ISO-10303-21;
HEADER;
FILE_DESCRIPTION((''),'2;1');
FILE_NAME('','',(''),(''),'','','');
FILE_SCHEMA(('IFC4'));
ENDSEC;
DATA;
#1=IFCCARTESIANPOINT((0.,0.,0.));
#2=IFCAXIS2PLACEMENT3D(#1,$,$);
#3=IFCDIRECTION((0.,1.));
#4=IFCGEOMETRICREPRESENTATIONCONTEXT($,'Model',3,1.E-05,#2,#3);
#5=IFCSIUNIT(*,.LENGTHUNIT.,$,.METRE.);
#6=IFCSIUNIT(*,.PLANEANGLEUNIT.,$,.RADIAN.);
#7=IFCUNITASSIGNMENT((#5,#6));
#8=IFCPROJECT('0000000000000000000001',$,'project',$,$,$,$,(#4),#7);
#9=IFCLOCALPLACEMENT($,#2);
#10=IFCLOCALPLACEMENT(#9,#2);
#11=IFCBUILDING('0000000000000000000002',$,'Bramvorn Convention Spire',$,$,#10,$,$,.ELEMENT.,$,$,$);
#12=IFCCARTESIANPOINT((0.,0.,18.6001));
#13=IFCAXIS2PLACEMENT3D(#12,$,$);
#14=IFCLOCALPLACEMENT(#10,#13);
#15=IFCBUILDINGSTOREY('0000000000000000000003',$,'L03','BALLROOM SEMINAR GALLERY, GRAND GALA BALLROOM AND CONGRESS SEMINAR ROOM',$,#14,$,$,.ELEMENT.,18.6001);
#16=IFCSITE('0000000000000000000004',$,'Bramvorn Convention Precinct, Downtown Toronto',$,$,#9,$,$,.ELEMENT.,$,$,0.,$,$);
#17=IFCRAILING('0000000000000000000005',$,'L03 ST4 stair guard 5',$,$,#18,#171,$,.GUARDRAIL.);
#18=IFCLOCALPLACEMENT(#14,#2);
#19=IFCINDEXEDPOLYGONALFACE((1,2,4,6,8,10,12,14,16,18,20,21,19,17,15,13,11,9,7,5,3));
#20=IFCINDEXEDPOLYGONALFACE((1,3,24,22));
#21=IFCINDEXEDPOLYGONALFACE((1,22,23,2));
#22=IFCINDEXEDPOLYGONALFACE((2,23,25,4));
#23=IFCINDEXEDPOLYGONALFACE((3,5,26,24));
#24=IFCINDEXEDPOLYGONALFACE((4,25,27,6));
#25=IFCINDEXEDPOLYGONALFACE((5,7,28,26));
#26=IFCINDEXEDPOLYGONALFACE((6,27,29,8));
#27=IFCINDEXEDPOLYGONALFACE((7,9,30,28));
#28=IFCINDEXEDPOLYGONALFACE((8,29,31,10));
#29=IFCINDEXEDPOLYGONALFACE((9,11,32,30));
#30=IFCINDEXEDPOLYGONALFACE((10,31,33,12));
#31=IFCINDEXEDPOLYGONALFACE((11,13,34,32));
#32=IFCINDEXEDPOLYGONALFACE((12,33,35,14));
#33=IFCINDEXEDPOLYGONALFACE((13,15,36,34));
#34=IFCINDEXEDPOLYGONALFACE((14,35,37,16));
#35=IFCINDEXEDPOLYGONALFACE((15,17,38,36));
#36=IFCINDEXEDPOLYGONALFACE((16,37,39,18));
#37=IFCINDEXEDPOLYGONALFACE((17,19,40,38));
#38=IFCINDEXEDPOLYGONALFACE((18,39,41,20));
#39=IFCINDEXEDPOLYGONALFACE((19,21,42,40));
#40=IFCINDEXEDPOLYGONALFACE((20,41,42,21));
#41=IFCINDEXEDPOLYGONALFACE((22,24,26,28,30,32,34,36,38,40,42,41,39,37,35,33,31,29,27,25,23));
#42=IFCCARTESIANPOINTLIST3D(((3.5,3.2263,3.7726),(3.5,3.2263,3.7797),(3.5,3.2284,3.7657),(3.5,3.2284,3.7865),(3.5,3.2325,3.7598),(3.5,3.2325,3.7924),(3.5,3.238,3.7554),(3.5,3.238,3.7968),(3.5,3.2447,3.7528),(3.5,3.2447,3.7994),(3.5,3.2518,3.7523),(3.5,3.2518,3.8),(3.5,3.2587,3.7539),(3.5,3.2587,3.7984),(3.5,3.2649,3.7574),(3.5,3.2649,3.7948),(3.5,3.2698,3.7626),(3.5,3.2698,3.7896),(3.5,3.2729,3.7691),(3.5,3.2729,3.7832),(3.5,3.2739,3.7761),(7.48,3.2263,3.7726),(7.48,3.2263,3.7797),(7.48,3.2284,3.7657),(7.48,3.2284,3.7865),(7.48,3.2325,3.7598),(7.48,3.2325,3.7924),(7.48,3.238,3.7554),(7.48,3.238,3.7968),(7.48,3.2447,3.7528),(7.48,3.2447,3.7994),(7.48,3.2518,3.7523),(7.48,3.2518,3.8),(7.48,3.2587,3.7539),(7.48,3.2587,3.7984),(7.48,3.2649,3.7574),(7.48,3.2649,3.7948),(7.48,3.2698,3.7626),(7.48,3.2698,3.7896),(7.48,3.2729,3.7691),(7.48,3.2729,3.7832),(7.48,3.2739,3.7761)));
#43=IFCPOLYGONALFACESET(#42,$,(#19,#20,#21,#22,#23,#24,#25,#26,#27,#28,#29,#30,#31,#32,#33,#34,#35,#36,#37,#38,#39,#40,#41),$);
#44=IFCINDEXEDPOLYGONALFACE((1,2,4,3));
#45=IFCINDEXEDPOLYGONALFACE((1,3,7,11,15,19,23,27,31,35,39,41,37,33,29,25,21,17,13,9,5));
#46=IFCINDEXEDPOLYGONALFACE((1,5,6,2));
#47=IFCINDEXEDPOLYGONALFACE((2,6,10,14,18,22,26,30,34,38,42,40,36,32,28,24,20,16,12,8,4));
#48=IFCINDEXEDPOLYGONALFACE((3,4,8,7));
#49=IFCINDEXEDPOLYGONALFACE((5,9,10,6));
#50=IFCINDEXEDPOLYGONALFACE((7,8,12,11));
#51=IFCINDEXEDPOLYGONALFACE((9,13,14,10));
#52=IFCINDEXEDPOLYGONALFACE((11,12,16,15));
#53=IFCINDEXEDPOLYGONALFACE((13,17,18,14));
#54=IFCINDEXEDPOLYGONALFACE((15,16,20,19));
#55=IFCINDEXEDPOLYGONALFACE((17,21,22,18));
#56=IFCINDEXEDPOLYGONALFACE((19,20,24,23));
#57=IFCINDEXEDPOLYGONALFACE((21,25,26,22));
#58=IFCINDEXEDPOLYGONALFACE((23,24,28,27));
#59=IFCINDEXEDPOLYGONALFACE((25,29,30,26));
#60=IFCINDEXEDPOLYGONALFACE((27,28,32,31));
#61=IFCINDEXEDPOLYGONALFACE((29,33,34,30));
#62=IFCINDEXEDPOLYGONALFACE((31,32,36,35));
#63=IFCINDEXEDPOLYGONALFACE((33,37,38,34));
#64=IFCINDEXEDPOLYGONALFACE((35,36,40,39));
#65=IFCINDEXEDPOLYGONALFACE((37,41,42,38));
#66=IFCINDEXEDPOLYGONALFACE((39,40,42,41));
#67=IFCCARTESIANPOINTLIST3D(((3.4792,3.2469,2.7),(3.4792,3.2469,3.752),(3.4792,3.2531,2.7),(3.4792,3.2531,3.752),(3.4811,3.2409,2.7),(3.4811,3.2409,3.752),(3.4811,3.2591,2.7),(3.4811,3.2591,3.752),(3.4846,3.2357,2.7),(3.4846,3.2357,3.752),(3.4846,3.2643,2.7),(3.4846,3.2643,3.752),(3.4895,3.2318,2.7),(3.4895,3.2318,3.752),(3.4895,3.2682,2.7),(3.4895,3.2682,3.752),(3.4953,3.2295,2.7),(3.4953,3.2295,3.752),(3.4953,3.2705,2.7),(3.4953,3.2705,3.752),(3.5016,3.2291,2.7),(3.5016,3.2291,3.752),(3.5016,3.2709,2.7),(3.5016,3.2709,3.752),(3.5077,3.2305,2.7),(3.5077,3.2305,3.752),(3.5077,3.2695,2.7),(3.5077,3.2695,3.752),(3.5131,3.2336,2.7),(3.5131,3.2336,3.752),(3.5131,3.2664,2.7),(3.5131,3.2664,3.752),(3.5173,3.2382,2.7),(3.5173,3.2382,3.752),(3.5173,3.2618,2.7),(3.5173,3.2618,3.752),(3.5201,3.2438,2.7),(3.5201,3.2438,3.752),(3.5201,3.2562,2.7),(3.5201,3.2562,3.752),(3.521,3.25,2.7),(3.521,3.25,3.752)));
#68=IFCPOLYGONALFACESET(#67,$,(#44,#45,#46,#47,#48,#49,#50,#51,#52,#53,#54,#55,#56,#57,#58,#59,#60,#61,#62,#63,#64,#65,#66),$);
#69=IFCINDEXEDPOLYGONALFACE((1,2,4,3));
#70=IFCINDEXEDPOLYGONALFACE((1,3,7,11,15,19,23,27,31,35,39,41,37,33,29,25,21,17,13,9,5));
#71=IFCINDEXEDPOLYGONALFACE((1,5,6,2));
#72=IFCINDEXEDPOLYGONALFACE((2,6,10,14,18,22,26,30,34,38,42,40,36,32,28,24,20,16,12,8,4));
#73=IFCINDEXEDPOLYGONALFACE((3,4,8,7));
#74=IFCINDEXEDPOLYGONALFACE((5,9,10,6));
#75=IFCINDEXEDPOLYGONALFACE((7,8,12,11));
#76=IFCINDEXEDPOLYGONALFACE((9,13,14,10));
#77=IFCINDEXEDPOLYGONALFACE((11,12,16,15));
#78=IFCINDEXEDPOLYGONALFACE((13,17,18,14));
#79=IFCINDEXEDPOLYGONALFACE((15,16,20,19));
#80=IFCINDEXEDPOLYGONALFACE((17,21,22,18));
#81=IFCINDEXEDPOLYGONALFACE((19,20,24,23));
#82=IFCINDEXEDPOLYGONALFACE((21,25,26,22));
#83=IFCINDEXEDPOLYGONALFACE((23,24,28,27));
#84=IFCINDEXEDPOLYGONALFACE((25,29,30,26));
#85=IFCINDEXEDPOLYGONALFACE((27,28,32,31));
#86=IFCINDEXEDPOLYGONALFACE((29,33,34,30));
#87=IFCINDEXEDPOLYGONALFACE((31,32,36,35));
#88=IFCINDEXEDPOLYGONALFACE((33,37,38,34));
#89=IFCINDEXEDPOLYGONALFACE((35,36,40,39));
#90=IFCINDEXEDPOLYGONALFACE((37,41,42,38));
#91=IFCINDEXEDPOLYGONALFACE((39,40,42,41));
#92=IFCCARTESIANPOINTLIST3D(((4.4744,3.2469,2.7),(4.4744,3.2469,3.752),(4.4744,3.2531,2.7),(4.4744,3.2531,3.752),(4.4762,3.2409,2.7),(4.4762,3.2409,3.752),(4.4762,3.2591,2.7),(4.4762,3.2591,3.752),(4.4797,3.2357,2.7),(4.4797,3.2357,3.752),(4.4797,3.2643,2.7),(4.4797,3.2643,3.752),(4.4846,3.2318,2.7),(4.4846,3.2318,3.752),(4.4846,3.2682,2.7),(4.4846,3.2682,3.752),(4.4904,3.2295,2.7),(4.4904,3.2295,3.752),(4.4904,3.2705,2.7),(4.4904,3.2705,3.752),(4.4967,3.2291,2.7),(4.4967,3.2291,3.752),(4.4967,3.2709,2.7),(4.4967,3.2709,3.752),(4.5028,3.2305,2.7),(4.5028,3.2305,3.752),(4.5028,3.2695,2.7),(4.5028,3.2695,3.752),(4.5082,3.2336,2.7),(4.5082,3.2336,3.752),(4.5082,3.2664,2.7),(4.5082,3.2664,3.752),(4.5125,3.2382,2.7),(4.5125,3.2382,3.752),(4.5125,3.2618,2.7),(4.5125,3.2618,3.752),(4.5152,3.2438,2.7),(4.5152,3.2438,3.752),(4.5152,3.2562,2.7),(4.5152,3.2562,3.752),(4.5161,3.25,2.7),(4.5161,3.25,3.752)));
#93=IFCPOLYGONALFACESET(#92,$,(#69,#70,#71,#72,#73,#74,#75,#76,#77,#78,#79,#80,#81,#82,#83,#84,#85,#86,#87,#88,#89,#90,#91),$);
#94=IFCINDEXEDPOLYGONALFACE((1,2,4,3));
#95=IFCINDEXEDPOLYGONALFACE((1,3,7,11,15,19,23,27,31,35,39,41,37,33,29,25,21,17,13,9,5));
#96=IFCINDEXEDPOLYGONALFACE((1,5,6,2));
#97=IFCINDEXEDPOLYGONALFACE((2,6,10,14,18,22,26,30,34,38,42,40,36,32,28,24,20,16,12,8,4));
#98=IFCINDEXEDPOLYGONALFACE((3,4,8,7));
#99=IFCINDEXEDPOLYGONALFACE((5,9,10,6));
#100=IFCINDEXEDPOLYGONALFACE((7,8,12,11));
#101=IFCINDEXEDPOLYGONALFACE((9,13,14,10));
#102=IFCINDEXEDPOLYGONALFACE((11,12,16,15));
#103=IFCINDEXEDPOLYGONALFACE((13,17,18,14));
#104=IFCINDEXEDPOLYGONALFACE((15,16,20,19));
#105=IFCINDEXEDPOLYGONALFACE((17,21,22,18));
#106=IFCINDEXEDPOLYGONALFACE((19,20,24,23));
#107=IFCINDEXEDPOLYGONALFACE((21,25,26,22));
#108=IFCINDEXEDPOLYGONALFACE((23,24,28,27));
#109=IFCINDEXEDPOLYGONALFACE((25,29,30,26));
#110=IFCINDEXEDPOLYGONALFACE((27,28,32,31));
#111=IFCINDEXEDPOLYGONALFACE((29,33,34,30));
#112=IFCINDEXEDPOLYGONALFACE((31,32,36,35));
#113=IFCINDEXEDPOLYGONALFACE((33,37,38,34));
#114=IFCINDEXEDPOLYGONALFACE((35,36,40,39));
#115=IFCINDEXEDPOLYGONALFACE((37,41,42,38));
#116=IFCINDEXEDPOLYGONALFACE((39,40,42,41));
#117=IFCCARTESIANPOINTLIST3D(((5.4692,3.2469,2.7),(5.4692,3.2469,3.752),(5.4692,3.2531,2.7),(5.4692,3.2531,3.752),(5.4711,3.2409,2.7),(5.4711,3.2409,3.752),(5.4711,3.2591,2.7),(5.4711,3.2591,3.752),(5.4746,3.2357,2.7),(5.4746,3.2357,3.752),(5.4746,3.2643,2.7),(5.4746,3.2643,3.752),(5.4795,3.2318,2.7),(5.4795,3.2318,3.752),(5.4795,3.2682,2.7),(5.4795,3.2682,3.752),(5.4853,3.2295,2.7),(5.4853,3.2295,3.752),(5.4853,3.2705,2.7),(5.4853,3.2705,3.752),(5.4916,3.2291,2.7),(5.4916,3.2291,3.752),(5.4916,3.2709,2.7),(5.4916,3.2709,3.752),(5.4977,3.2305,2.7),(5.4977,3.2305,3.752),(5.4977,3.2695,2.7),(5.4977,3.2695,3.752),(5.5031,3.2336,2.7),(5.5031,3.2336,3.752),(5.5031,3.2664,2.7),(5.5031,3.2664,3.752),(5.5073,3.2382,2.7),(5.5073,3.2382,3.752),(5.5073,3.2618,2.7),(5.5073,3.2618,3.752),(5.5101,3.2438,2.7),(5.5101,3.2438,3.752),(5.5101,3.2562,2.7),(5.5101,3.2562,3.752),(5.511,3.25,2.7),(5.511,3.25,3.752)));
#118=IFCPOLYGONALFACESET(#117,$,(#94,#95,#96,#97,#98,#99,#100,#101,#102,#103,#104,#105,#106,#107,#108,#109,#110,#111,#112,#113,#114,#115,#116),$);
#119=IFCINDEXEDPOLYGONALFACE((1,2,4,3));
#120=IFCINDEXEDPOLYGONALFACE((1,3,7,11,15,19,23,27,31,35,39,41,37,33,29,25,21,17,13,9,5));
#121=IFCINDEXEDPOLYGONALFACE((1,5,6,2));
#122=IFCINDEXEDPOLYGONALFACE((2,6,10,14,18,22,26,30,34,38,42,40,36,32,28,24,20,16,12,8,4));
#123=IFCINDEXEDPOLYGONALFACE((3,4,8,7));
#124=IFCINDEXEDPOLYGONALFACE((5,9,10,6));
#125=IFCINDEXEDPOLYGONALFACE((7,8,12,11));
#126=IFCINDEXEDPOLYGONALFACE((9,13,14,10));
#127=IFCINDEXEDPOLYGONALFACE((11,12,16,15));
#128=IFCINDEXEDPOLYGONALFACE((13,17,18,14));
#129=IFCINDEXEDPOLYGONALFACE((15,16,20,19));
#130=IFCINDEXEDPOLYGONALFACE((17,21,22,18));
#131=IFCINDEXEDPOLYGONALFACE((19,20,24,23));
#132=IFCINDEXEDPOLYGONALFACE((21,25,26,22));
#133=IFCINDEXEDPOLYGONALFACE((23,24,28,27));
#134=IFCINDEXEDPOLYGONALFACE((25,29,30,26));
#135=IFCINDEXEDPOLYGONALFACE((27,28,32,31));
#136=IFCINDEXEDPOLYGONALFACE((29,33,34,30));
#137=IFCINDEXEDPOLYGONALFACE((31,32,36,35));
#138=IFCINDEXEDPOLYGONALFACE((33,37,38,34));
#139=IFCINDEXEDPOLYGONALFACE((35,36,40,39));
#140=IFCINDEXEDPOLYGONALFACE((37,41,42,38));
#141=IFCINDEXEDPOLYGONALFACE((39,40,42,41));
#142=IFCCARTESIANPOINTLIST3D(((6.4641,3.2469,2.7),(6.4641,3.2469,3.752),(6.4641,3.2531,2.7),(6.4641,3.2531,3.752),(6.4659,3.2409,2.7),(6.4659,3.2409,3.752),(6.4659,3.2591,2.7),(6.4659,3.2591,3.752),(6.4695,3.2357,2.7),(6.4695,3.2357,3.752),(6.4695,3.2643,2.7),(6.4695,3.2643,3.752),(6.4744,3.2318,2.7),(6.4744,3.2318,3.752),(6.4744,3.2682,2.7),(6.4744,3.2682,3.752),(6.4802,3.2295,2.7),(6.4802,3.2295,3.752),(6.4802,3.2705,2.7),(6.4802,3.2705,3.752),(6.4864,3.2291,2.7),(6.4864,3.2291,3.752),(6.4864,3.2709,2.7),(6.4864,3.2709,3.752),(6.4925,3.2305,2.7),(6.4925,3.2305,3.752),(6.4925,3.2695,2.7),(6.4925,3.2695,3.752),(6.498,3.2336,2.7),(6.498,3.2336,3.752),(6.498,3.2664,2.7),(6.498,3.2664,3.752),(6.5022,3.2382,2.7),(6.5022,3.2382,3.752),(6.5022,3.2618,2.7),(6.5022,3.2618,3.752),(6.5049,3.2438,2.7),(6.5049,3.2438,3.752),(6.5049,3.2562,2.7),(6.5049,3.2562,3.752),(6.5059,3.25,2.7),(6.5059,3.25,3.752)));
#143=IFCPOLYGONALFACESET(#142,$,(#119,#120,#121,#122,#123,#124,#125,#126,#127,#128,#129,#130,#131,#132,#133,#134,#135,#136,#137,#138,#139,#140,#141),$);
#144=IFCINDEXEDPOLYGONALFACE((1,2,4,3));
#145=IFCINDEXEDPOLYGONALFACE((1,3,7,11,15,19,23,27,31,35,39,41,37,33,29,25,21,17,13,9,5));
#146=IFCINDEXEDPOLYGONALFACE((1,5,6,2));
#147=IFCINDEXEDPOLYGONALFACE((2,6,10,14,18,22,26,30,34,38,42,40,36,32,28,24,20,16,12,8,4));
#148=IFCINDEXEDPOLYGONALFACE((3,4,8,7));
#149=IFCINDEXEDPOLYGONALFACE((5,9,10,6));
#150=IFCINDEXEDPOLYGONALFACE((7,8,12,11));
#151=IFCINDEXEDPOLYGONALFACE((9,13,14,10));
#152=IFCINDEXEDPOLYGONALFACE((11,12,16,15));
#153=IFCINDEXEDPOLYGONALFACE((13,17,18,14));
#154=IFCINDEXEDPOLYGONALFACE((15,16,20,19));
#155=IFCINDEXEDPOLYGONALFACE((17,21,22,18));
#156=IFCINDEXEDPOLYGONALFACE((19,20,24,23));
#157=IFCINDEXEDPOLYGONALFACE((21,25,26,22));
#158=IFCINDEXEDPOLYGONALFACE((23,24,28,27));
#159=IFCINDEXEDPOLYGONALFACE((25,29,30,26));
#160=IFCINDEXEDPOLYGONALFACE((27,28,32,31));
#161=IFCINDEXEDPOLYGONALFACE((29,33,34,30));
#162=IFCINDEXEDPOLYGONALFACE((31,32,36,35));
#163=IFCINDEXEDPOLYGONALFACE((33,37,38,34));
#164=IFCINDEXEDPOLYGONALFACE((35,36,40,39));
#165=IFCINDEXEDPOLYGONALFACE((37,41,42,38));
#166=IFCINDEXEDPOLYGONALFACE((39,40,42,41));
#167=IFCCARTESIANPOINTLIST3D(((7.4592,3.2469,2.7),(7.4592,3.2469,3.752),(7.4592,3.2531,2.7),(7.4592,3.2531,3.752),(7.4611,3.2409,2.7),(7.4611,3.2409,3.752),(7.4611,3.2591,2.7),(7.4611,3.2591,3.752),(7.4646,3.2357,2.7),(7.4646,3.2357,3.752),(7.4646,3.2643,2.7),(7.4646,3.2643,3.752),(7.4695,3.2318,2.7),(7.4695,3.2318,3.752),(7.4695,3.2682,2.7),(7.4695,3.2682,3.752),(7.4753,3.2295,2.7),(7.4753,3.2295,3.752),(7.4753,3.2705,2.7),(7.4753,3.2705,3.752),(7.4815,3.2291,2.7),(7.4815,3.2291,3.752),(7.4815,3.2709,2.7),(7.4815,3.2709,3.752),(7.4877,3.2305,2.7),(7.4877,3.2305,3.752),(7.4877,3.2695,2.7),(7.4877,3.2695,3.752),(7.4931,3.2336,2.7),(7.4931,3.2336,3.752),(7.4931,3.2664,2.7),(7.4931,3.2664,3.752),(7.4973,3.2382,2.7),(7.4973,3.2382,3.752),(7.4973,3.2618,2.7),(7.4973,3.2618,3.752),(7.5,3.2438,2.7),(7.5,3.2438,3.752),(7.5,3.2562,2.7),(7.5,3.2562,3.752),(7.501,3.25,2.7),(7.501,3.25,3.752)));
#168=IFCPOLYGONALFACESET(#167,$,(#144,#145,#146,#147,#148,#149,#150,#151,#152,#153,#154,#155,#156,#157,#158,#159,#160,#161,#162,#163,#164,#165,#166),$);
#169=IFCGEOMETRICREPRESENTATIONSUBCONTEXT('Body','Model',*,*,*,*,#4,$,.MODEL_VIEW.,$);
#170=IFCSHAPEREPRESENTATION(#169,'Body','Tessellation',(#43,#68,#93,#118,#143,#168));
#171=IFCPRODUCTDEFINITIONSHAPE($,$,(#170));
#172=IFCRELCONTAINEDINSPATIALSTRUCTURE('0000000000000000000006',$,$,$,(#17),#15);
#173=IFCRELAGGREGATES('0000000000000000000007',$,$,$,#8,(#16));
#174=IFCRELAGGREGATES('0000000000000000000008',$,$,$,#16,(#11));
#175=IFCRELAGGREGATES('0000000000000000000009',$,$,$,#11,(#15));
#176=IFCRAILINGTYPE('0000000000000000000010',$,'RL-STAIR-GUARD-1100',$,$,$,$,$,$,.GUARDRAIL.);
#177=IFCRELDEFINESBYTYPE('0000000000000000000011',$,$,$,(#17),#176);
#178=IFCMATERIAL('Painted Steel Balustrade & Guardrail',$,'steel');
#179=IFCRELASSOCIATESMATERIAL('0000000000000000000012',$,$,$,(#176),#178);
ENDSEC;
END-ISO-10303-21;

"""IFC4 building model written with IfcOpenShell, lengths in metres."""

from ifc_helpers import new_model, si_unit, direction, frame, origin, origin_2d, place, context, subcontext, project, spatial, circle, extrude, material, type_object, element, save


model = new_model("IFC4")

# Units and contexts
model_context = context("Model", 3, precision=1e-05, world=origin(), true_north=direction((0.0, 1.0)))
body_context = subcontext(model_context, "Body", "Model", "MODEL_VIEW")
ifc_project = project(units=[si_unit("LENGTHUNIT", "METRE"), si_unit("PLANEANGLEUNIT", "RADIAN")], contexts=[model_context])

# Site, building, storey
site_placement = place(None, origin())
site = spatial("IfcSite", under=ifc_project, at=site_placement, Name="Bramvorn Convention Precinct, Downtown Toronto", CompositionType="ELEMENT", RefElevation=0.0)
building_placement = place(site_placement, origin())
building = spatial("IfcBuilding", under=site, at=building_placement, Name="Bramvorn Convention Spire", CompositionType="ELEMENT")
storey_placement = place(building_placement, frame((0.0, 0.0, 18.6001)))
storey = spatial("IfcBuildingStorey", under=building, at=storey_placement, Name="L03", Description="BALLROOM SEMINAR GALLERY, GRAND GALA BALLROOM AND CONGRESS SEMINAR ROOM", CompositionType="ELEMENT", Elevation=18.6001)

# Railing
ifc_material_1 = material(Name="Painted Steel Balustrade & Guardrail", Category="steel")
railing_type_1 = type_object("IfcRailingType", Name="RL-STAIR-GUARD-1100", PredefinedType="GUARDRAIL", material=ifc_material_1)
railing_1_placement = place(storey_placement, frame((3.5, 3.25, 2.7)))
element("IfcRailing", 1, at=railing_1_placement, inside=storey, type_object=railing_type_1, Name="L03 ST4 stair guard 5", PredefinedType="GUARDRAIL", context=body_context, shape_type="SweptSolid", body=[
    extrude(circle(Radius=0.0239, at=origin_2d()), frame((0.0, 0.0, 1.0762), z_axis=(1.0, 0.0, 0.0), x_axis=(0.0, 1.0, 0.0)), (0.0, 0.0, 1.0), 3.98),
    extrude(circle(Radius=0.021, at=origin_2d()), origin(), (0.0, 0.0, 1.0), 1.052),
    extrude(circle(Radius=0.021, at=origin_2d()), frame((0.9951, 0.0, 0.0)), (0.0, 0.0, 1.0), 1.052),
    extrude(circle(Radius=0.021, at=origin_2d()), frame((1.99, 0.0, 0.0)), (0.0, 0.0, 1.0), 1.052),
    extrude(circle(Radius=0.021, at=origin_2d()), frame((2.9849, 0.0, 0.0)), (0.0, 0.0, 1.0), 1.052),
    extrude(circle(Radius=0.021, at=origin_2d()), frame((3.98, 0.0, 0.0)), (0.0, 0.0, 1.0), 1.052),
])

save(model, "model.ifc")
